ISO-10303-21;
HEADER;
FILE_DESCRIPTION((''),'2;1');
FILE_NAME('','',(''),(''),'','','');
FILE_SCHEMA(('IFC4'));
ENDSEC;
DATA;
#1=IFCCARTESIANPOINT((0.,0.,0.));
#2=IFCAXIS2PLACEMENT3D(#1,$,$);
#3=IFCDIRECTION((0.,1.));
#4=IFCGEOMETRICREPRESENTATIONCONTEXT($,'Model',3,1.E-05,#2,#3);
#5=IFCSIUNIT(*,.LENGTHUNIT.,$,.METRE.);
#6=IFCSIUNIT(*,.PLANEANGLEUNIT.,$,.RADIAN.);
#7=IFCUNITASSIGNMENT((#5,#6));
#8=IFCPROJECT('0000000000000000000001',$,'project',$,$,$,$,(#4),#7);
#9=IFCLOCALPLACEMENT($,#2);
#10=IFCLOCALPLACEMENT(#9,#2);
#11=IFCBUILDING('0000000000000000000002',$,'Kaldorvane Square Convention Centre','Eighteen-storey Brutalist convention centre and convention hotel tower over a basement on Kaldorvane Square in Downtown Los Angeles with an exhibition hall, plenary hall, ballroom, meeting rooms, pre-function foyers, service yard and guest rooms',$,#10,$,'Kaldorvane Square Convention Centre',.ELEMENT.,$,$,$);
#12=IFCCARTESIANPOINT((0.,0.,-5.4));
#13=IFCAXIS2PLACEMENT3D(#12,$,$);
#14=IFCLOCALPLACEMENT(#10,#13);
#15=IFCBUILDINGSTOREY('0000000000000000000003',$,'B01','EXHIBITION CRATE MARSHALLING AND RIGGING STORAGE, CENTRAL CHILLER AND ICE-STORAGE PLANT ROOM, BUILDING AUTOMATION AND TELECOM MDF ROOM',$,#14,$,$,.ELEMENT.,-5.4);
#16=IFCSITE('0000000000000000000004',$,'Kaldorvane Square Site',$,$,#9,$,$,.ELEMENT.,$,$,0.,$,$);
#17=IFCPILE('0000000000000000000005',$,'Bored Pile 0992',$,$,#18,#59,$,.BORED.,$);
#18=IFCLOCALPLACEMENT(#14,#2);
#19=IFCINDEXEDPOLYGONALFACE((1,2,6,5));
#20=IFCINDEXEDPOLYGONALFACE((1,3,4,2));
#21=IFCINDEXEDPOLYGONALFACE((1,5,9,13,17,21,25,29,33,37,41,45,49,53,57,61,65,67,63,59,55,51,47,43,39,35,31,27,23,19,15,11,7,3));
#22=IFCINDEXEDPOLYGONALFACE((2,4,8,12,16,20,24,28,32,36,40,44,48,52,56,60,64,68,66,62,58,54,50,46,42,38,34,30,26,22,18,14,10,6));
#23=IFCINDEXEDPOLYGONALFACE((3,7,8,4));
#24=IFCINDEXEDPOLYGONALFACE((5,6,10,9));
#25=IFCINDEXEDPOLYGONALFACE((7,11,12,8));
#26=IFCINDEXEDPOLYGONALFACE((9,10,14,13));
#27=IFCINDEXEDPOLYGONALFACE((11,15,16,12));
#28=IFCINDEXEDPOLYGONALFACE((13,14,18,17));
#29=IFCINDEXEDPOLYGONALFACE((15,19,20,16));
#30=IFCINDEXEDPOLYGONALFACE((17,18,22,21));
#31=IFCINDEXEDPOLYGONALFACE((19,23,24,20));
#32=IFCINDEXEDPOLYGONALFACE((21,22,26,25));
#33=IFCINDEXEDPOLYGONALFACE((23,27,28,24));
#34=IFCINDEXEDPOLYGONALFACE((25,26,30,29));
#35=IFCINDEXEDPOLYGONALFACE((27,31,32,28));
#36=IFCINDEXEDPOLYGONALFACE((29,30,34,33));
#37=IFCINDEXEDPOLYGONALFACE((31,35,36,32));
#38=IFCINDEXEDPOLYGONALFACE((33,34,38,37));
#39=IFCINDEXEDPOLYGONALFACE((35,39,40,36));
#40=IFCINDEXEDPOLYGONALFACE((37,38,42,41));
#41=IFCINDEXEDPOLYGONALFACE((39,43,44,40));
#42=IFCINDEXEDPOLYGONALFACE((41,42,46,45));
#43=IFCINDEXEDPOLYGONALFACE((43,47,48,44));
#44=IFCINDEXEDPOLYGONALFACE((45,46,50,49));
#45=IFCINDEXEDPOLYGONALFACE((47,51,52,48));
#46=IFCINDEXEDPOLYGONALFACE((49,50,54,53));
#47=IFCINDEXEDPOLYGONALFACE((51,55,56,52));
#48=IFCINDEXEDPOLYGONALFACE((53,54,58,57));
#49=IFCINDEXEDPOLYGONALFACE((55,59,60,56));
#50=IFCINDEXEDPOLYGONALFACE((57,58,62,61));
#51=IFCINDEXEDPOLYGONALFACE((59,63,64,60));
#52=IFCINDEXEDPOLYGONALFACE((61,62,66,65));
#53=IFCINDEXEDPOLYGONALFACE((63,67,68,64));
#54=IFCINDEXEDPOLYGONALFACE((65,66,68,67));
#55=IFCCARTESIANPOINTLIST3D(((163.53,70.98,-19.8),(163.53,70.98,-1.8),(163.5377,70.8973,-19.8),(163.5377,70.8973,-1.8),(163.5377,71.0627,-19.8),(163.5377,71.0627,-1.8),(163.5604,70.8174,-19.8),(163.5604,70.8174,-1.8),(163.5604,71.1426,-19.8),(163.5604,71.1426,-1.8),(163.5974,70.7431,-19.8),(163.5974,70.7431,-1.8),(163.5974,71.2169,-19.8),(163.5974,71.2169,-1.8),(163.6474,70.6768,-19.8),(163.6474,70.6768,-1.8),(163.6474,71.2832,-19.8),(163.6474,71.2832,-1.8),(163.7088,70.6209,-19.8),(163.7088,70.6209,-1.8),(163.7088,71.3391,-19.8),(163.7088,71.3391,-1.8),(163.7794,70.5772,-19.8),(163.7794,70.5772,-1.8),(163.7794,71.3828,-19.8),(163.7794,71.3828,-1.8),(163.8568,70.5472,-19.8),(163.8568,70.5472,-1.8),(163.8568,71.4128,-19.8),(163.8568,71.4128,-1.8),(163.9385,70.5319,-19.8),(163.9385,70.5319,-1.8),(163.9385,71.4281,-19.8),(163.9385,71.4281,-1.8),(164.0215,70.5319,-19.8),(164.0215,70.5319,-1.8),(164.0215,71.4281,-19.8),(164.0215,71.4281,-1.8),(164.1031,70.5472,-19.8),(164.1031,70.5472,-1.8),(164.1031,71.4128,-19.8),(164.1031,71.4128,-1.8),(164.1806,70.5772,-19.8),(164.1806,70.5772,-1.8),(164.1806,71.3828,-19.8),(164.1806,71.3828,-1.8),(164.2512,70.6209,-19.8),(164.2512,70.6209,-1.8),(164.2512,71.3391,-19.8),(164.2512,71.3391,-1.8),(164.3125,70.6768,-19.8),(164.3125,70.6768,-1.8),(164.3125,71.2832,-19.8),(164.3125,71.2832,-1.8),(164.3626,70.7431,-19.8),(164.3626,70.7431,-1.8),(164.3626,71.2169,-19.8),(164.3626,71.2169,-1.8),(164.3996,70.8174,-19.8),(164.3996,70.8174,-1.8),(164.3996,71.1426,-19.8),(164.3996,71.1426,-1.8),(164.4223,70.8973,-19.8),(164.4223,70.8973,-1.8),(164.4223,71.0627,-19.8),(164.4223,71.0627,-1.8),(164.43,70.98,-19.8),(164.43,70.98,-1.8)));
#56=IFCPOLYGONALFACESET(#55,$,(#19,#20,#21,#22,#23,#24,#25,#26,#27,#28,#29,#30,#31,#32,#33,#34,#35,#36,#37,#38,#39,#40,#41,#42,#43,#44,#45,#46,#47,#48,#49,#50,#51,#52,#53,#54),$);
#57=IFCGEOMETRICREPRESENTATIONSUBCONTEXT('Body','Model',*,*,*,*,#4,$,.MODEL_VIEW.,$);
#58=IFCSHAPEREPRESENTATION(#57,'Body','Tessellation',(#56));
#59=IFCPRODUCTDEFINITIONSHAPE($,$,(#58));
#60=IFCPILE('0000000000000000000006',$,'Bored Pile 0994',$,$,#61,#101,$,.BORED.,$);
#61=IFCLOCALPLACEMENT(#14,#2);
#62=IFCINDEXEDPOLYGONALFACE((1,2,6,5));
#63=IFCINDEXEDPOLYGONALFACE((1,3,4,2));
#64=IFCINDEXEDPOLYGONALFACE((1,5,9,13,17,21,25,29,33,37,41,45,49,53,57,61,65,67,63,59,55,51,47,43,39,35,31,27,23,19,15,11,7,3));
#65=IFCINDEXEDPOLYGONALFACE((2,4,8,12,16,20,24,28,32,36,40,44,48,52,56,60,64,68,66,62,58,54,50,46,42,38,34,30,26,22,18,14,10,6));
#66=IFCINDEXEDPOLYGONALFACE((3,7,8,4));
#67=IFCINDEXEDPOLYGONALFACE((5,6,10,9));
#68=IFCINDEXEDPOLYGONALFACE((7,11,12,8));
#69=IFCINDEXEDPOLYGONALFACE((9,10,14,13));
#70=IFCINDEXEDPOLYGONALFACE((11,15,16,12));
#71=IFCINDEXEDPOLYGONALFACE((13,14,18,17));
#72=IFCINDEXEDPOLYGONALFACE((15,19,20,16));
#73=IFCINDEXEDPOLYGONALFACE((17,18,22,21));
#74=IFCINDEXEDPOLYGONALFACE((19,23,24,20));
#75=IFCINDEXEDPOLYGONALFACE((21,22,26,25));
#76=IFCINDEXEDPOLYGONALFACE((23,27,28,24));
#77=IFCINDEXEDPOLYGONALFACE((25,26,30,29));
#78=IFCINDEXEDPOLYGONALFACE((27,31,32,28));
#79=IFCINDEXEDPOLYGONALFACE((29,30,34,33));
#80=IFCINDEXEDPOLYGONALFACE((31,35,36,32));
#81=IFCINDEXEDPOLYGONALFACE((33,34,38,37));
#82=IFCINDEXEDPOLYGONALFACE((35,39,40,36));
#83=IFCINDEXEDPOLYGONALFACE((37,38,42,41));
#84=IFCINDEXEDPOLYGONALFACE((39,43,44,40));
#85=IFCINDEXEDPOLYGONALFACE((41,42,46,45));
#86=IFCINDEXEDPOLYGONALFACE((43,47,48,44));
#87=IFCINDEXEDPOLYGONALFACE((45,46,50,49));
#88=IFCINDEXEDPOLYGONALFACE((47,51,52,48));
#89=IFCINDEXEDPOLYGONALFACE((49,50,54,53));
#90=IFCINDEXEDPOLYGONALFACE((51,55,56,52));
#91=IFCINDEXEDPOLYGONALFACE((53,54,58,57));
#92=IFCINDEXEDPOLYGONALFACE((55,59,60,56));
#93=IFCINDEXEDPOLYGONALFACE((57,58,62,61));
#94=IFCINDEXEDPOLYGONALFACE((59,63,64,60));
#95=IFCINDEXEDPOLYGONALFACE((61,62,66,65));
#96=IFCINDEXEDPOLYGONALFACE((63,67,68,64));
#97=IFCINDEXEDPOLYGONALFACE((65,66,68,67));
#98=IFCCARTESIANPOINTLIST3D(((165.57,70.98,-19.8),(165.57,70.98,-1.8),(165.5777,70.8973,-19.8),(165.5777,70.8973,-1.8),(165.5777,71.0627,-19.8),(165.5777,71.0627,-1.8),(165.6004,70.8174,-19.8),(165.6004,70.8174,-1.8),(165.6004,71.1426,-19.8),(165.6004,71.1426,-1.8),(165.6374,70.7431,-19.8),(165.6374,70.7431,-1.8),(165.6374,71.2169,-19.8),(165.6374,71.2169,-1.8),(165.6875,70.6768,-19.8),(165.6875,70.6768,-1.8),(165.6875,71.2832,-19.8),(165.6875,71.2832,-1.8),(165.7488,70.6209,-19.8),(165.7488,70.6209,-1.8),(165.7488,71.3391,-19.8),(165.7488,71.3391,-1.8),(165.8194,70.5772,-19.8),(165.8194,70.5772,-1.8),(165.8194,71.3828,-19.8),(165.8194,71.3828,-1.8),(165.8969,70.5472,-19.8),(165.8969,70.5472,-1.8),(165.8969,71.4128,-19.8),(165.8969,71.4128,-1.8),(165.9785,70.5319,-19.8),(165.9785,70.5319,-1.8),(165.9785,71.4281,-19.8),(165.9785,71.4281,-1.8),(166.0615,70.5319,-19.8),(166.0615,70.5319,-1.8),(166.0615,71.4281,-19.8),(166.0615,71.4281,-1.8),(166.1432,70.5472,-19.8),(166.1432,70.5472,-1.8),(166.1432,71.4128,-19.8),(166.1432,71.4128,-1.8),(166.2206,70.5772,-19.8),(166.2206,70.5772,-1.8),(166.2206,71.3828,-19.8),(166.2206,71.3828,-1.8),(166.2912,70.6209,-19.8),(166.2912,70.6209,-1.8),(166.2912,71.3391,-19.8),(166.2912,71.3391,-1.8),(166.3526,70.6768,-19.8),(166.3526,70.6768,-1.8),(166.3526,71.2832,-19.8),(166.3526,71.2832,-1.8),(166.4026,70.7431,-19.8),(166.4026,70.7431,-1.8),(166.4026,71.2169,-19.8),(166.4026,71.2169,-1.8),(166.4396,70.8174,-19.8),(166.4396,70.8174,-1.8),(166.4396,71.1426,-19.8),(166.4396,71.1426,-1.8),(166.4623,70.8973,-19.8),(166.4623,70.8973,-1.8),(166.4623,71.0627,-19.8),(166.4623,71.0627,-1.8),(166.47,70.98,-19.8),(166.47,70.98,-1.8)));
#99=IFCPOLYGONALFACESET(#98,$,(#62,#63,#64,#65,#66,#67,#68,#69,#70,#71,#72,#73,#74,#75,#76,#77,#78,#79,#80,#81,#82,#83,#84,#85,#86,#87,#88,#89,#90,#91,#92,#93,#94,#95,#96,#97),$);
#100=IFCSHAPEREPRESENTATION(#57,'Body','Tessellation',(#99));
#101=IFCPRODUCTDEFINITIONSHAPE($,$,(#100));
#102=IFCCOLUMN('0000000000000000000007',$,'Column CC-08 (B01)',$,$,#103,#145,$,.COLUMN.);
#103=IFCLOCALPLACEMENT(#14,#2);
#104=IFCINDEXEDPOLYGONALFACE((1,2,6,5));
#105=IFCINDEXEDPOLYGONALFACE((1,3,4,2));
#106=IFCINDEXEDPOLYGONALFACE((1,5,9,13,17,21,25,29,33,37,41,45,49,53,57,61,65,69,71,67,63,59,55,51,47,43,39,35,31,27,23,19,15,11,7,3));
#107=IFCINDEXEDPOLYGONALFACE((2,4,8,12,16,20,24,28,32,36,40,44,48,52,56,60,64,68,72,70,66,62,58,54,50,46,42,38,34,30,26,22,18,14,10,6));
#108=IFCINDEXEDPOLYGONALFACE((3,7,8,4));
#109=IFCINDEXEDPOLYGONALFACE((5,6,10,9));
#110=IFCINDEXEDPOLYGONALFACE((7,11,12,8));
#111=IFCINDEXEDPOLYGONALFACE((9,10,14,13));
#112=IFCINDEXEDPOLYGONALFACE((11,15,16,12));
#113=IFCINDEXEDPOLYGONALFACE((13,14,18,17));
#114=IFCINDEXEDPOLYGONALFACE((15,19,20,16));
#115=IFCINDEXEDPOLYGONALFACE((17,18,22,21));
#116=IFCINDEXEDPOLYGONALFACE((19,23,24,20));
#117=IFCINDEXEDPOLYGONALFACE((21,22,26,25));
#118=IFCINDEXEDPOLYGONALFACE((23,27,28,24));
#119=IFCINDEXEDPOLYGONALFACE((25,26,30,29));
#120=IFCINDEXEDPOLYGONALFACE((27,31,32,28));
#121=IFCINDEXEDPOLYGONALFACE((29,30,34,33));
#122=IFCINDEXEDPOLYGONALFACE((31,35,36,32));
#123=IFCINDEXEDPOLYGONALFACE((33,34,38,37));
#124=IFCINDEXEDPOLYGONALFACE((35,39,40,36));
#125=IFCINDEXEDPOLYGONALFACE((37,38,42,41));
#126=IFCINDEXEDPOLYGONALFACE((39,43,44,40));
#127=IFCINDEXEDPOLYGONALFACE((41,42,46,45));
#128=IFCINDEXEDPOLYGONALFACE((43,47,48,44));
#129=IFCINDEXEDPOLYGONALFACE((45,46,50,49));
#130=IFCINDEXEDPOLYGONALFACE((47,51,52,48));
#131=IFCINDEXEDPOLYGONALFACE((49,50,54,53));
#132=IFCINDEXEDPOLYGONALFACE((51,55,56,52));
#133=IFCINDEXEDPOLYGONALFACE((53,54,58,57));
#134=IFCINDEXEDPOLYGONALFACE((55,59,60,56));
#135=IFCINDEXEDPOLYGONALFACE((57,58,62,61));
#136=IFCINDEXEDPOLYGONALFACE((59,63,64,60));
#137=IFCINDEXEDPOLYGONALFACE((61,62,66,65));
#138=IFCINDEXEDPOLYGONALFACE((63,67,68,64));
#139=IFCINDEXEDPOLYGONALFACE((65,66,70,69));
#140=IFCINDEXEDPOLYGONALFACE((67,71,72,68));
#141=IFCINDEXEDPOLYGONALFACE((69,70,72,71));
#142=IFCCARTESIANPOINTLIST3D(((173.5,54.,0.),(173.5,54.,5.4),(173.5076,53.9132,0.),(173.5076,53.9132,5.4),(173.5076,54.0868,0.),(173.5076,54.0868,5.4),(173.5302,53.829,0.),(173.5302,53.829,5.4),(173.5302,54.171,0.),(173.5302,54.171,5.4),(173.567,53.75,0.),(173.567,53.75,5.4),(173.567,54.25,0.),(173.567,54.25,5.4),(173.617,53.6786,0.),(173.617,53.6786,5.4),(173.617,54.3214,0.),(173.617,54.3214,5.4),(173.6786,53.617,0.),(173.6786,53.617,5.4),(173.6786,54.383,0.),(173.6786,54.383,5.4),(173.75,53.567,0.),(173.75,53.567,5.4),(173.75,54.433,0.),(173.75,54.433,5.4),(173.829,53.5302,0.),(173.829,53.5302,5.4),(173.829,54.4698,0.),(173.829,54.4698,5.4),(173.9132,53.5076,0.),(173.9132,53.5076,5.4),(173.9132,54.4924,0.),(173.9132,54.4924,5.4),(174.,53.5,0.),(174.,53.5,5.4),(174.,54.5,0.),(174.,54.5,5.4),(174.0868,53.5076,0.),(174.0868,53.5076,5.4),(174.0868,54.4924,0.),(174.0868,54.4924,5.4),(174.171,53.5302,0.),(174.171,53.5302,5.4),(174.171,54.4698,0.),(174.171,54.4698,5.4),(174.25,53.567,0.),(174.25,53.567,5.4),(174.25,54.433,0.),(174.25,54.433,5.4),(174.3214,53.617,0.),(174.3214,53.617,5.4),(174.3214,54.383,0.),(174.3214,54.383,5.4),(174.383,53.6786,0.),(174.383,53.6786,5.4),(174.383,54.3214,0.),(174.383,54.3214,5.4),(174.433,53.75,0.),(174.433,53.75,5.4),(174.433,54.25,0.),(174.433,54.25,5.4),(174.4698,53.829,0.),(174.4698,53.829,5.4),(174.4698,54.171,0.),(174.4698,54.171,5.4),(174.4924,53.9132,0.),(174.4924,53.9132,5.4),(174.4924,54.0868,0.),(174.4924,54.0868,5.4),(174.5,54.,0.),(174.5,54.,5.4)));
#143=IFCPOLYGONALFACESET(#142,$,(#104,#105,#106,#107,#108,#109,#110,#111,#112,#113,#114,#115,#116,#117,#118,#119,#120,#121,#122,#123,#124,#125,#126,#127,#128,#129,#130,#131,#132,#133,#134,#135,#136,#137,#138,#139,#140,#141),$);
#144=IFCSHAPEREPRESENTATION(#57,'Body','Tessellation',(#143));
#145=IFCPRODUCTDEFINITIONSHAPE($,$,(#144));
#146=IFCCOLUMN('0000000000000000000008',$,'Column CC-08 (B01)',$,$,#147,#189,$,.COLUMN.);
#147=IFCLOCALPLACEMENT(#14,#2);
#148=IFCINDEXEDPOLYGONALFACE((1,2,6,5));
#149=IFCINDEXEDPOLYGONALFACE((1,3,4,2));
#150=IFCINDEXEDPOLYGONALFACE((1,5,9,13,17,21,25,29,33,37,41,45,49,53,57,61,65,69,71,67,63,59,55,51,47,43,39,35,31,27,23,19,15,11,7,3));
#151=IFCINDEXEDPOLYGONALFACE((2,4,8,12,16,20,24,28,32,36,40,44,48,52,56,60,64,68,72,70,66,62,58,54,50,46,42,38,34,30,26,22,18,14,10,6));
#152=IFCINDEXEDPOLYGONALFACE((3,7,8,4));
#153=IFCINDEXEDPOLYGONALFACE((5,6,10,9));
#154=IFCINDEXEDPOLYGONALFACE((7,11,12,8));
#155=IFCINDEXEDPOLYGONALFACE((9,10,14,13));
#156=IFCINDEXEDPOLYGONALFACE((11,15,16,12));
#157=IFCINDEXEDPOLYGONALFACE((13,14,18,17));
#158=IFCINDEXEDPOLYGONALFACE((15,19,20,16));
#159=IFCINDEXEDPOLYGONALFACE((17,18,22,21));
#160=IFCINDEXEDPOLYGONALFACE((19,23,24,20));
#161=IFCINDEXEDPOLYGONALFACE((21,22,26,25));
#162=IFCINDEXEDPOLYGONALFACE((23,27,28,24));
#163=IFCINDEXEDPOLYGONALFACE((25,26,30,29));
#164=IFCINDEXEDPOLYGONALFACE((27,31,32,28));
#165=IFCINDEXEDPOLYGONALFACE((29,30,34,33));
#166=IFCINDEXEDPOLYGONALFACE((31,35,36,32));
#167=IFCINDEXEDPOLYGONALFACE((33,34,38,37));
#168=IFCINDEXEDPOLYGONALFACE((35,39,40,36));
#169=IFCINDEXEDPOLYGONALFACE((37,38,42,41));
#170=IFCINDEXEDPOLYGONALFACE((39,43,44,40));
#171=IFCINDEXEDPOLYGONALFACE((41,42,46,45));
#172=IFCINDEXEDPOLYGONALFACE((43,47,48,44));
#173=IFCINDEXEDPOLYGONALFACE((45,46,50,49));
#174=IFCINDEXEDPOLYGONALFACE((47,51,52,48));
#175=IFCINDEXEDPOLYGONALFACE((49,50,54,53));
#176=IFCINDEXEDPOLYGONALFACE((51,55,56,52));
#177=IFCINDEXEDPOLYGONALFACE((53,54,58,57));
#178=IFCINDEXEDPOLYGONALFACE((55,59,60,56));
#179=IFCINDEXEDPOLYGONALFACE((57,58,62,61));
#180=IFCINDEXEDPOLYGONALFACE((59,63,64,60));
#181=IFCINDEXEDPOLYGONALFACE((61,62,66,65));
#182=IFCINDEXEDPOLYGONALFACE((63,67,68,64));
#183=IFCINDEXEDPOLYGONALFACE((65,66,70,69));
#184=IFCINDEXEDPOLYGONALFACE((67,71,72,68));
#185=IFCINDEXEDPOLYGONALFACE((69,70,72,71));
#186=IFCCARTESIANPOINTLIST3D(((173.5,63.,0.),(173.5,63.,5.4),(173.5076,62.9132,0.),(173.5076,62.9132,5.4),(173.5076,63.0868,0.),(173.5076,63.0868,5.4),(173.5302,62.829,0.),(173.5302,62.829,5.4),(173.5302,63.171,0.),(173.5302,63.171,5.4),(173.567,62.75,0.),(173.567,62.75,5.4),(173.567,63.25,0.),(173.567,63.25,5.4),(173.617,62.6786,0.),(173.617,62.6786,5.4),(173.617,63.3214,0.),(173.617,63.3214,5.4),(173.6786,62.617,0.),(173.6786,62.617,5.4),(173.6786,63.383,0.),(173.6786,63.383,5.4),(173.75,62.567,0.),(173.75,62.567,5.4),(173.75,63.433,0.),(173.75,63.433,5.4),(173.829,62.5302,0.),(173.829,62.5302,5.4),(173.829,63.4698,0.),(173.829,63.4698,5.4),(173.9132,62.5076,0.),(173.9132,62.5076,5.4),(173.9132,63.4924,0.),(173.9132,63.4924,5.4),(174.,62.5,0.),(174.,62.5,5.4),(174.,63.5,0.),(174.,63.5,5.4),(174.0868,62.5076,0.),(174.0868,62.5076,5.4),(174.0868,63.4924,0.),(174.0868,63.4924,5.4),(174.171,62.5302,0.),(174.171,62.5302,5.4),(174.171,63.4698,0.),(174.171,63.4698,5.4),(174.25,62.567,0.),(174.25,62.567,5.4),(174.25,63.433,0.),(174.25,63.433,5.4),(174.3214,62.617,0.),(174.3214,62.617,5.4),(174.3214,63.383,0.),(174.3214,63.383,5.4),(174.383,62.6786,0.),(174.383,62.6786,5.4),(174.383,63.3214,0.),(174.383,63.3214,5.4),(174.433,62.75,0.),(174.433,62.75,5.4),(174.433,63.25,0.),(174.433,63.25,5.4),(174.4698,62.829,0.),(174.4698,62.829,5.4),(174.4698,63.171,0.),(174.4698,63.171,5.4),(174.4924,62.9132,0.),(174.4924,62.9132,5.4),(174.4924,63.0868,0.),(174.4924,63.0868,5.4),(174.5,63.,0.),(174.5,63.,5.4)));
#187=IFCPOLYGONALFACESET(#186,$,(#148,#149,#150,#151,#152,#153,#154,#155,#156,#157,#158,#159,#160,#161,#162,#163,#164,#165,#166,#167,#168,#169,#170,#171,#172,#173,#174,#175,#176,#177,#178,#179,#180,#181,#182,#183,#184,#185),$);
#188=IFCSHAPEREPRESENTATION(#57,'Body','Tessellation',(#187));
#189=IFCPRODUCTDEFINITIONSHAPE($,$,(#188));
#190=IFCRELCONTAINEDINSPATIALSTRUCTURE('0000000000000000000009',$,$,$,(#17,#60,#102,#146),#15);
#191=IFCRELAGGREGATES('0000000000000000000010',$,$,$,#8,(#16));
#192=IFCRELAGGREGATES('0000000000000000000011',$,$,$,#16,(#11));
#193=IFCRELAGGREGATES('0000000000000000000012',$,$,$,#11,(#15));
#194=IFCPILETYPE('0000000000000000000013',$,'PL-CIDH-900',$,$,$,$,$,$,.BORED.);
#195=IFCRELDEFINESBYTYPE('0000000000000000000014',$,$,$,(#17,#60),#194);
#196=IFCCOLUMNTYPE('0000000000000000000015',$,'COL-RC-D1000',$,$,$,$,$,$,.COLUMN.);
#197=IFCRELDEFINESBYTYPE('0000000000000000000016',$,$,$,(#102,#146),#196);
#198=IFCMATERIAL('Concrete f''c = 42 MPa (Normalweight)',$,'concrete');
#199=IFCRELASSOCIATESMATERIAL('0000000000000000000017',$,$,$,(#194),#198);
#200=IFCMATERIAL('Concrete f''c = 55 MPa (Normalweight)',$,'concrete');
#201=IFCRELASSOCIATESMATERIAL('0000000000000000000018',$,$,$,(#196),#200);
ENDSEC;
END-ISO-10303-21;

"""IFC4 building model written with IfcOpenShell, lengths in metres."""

from ifc_helpers import new_model, si_unit, direction, frame, origin, origin_2d, place, context, subcontext, project, spatial, circle, extrude, material, material_profile, profile_set, type_object, element, save


model = new_model("IFC4")

# Units and contexts
model_context = context("Model", 3, precision=1e-05, world=origin(), true_north=direction((0.0, 1.0)))
body_context = subcontext(model_context, "Body", "Model", "MODEL_VIEW")
ifc_project = project(units=[si_unit("LENGTHUNIT", "METRE"), si_unit("PLANEANGLEUNIT", "RADIAN")], contexts=[model_context])

# Site, building, storey
site_placement = place(None, origin())
site = spatial("IfcSite", under=ifc_project, at=site_placement, Name="Kaldorvane Square Site", CompositionType="ELEMENT", RefElevation=0.0)
building_placement = place(site_placement, origin())
building = spatial("IfcBuilding", under=site, at=building_placement, Name="Kaldorvane Square Convention Centre", Description="Eighteen-storey Brutalist convention centre and convention hotel tower over a basement on Kaldorvane Square in Downtown Los Angeles with an exhibition hall, plenary hall, ballroom, meeting rooms, pre-function foyers, service yard and guest rooms", LongName="Kaldorvane Square Convention Centre", CompositionType="ELEMENT")
storey_placement = place(building_placement, frame((0.0, 0.0, -5.4)))
storey = spatial("IfcBuildingStorey", under=building, at=storey_placement, Name="B01", Description="EXHIBITION CRATE MARSHALLING AND RIGGING STORAGE, CENTRAL CHILLER AND ICE-STORAGE PLANT ROOM, BUILDING AUTOMATION AND TELECOM MDF ROOM", CompositionType="ELEMENT", Elevation=-5.4)

# Shared definitions
ifc_material_1 = material(Name="Concrete f'c = 42 MPa (Normalweight)", Category="concrete")

# Piles
ifc_material_profile_1 = material_profile(ifc_material_1, circle(Radius=0.45, at=origin_2d()), Name="PILE-D900")
ifc_profile_set_1 = profile_set([ifc_material_profile_1], Name="Concrete f'c = 42 MPa (Normalweight)")
pile_type_1 = type_object("IfcPileType", Name="PL-CIDH-900", PredefinedType="BORED", material=ifc_profile_set_1)
for number, where, z_axis, x_axis, name in (
    (1, (163.98, 70.98, -1.8), (0.0, 0.0, -1.0), (1.0, 0.0, 0.0), "Bored Pile 0992"),
    (2, (166.02, 70.98, -1.8), (0.0, 0.0, -1.0), (1.0, 0.0, 0.0), "Bored Pile 0994"),
):
    element("IfcPile", number, at=place(storey_placement, frame(where, z_axis=z_axis, x_axis=x_axis)), inside=storey, type_object=pile_type_1, Name=name, PredefinedType="BORED", context=body_context, shape_type="SweptSolid", body=[
        extrude(circle(Radius=0.45, at=origin_2d()), origin(), (0.0, 0.0, 1.0), 18.0),
    ])

# Columns
ifc_material_2 = material(Name="Concrete f'c = 55 MPa (Normalweight)", Category="concrete")
ifc_material_profile_2 = material_profile(ifc_material_2, circle(Radius=0.5, at=origin_2d()), Name="RC-D1000")
ifc_profile_set_2 = profile_set([ifc_material_profile_2], Name="Concrete f'c = 55 MPa (Normalweight)")
column_type_1 = type_object("IfcColumnType", Name="COL-RC-D1000", PredefinedType="COLUMN", material=ifc_profile_set_2)
for number, where, z_axis, x_axis, name in (
    (3, (174.0, 54.0, 0.0), (0.0, 0.0, 1.0), (1.0, 0.0, 0.0), "Column CC-08 (B01)"),
    (4, (174.0, 63.0, 0.0), (0.0, 0.0, 1.0), (1.0, 0.0, 0.0), "Column CC-08 (B01)"),
):
    element("IfcColumn", number, at=place(storey_placement, frame(where, z_axis=z_axis, x_axis=x_axis)), inside=storey, type_object=column_type_1, Name=name, PredefinedType="COLUMN", context=body_context, shape_type="SweptSolid", body=[
        extrude(circle(Radius=0.5, at=origin_2d()), origin(), (0.0, 0.0, 1.0), 5.4),
    ])

save(model, "model.ifc")
